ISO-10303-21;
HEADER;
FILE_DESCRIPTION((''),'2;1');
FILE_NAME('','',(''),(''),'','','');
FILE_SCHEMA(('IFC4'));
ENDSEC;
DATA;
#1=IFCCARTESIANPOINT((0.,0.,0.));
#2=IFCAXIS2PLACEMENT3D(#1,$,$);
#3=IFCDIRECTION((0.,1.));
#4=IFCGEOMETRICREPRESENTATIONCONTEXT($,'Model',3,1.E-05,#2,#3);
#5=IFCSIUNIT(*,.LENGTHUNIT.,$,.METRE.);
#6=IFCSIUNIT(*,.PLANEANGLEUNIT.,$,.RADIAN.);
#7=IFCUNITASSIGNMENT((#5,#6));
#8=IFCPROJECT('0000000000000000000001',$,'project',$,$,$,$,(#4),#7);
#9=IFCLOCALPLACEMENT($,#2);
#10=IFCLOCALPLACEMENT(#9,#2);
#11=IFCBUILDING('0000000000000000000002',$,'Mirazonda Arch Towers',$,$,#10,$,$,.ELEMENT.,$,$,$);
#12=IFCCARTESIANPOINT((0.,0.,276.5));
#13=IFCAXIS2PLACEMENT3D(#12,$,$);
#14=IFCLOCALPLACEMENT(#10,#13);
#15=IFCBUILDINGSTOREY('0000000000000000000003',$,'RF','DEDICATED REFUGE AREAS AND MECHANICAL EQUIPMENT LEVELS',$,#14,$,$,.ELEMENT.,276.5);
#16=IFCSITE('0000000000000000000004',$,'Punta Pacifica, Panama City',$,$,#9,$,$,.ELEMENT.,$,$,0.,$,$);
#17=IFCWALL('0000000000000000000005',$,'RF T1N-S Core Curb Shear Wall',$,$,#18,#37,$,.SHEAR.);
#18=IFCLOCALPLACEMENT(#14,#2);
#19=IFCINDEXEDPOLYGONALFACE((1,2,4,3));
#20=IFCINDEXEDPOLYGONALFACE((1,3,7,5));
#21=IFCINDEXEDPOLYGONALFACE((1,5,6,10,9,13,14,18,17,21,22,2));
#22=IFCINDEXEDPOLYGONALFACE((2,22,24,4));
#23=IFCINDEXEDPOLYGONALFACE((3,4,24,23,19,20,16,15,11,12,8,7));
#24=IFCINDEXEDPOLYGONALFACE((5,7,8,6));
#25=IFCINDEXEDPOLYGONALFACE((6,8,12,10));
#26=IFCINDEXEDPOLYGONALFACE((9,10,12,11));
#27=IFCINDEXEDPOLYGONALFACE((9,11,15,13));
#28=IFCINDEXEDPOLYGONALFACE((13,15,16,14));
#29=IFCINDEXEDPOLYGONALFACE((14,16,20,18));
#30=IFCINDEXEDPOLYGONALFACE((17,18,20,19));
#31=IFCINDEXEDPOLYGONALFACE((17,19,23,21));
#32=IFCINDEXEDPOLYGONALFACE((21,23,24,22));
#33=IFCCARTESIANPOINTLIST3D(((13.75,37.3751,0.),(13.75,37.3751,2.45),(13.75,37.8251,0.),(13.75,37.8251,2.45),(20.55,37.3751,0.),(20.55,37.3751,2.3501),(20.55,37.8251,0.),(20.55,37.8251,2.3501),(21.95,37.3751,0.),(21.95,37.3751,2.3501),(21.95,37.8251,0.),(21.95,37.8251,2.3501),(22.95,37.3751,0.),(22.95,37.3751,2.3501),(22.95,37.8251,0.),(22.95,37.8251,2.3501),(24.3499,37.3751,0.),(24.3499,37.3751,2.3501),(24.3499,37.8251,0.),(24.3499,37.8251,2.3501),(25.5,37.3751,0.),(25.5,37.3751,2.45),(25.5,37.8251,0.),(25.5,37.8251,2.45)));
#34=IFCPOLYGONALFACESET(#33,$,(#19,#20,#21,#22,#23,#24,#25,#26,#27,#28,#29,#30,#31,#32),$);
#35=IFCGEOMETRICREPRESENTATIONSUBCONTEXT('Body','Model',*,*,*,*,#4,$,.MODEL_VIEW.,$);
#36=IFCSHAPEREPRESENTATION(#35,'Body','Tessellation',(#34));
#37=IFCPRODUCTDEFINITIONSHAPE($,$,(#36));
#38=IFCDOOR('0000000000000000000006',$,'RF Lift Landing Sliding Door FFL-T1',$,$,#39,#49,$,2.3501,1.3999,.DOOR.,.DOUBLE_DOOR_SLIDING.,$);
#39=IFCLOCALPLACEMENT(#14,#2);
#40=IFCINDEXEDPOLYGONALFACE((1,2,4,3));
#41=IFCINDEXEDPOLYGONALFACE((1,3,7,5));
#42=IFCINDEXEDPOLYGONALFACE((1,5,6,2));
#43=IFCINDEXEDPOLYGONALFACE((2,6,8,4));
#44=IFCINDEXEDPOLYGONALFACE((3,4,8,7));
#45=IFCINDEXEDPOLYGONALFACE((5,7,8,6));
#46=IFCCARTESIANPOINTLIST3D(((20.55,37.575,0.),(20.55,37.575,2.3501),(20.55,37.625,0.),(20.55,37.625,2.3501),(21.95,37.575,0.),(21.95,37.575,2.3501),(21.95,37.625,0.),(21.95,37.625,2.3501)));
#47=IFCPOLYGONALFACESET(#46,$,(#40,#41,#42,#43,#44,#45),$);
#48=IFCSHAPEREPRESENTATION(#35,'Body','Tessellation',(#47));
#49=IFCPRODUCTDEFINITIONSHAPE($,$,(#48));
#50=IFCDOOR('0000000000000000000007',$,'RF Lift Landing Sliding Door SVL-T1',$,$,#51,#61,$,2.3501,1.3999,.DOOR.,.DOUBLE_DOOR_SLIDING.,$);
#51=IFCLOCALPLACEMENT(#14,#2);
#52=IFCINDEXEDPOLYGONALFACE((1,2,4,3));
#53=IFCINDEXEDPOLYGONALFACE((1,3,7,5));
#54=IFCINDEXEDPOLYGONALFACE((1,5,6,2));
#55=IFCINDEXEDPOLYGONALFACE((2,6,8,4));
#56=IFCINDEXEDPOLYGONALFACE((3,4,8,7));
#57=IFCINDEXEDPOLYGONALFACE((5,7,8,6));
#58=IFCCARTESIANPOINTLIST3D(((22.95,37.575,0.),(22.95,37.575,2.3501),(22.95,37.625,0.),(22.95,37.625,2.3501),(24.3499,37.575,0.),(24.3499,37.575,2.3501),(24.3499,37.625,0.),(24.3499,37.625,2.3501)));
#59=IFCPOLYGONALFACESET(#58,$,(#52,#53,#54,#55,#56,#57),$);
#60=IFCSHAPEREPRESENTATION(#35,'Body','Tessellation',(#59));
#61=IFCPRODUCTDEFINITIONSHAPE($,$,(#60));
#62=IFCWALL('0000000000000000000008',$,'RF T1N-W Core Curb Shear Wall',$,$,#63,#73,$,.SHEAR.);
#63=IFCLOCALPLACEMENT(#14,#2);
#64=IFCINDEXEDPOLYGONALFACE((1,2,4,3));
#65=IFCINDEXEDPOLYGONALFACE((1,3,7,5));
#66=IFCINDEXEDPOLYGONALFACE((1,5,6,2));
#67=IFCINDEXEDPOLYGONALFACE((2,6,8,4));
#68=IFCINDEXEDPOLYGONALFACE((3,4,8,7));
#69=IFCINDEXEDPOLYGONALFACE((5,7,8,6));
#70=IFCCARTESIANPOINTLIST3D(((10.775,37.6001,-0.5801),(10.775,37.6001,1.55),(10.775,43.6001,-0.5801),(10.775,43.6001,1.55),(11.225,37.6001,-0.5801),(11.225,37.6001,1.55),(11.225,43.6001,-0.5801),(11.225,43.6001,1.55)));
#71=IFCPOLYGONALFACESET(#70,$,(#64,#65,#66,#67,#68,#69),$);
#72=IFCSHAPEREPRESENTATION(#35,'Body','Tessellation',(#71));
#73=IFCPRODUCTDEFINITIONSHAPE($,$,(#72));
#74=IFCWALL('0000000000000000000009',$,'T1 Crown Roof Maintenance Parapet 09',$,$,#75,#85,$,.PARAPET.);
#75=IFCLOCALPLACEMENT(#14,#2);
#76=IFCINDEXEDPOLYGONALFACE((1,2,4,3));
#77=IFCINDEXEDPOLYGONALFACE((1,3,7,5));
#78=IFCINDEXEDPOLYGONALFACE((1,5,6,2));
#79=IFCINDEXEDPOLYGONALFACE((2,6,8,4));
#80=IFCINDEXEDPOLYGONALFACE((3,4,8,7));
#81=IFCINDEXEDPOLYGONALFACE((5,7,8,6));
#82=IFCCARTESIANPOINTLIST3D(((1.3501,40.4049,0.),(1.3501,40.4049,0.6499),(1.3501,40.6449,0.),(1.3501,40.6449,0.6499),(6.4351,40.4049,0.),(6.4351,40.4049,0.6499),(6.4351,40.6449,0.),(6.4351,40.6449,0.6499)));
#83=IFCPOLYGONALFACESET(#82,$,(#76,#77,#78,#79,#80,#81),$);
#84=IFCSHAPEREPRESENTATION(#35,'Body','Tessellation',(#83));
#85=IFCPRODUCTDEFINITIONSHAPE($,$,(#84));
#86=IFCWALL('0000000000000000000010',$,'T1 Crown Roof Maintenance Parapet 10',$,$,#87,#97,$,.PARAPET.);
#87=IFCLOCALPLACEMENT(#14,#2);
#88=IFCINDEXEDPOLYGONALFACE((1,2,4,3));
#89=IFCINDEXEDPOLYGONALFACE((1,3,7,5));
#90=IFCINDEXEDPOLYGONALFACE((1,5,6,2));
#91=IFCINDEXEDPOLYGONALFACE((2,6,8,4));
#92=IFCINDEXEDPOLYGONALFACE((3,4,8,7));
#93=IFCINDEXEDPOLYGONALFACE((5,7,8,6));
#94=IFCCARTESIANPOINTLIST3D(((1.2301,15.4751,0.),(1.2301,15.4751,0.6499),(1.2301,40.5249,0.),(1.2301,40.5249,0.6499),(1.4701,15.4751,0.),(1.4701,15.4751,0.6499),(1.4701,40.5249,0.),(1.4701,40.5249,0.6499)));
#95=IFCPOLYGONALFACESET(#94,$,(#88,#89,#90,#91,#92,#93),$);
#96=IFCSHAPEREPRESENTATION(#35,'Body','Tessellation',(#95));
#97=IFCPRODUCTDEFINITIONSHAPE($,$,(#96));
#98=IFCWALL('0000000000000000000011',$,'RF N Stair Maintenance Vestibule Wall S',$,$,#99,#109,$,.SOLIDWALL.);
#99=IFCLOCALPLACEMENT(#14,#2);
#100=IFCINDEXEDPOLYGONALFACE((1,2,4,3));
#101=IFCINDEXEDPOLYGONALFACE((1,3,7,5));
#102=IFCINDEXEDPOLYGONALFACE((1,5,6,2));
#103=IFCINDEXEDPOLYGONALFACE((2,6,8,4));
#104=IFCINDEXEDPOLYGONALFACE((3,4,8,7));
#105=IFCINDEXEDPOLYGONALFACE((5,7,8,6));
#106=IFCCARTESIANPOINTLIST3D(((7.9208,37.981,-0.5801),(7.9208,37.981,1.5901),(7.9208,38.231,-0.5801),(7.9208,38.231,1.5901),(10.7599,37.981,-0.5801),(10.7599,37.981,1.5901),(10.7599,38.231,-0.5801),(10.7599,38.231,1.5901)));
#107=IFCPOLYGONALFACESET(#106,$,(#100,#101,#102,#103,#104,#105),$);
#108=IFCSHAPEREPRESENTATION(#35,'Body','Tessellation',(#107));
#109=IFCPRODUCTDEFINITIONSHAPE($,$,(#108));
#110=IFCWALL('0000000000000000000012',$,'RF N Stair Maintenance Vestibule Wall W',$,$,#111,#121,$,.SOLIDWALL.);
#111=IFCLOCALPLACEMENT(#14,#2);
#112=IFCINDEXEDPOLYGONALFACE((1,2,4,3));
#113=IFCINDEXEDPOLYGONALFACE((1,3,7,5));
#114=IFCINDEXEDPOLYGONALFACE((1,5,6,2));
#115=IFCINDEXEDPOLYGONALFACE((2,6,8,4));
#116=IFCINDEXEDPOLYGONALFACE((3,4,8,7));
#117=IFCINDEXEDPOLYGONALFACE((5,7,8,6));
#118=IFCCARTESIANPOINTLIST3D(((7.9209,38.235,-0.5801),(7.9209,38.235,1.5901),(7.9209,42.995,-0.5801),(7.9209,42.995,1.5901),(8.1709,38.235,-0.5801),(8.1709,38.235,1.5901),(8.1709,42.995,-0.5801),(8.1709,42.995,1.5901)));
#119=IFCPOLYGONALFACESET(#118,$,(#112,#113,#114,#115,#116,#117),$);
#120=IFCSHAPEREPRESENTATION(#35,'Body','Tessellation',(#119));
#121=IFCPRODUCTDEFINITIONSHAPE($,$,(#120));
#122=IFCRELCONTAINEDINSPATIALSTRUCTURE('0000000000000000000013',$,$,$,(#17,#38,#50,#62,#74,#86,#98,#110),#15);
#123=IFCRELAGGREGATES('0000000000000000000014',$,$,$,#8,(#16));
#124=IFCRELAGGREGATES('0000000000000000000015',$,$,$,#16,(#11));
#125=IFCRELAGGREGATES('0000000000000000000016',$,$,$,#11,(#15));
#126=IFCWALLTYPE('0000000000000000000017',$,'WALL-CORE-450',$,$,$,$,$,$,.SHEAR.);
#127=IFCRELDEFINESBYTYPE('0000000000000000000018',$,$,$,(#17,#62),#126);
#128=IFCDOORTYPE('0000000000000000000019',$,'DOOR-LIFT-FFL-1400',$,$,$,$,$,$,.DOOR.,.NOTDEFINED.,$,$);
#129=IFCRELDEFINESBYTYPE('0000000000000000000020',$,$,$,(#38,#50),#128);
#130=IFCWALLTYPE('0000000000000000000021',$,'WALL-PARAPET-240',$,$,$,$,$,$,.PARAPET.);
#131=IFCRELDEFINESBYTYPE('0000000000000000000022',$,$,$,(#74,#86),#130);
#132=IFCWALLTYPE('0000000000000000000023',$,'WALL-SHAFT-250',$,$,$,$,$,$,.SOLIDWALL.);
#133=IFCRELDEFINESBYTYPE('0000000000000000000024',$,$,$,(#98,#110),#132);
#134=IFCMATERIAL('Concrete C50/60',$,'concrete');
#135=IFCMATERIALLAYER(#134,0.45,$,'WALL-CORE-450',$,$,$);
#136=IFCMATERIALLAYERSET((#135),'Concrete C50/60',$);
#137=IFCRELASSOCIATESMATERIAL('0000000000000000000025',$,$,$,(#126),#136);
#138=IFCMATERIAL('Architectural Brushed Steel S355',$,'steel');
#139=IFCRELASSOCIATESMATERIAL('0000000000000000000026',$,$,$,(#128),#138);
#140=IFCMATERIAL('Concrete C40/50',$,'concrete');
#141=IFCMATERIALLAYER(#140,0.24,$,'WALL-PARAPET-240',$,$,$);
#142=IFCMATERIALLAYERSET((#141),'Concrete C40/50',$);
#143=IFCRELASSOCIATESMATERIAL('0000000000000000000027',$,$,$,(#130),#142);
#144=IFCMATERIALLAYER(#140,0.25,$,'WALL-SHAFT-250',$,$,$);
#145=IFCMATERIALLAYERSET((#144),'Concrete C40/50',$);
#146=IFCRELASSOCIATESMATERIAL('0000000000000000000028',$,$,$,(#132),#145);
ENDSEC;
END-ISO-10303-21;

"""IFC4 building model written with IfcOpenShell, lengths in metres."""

from ifc_helpers import new_model, si_unit, direction, frame, frame_2d, origin, place, context, subcontext, project, spatial, rectangle, extrude, material, layer, layer_set, type_object, element, fill, save


model = new_model("IFC4")

# Units and contexts
model_context = context("Model", 3, precision=1e-05, world=origin(), true_north=direction((0.0, 1.0)))
body_context = subcontext(model_context, "Body", "Model", "MODEL_VIEW")
ifc_project = project(units=[si_unit("LENGTHUNIT", "METRE"), si_unit("PLANEANGLEUNIT", "RADIAN")], contexts=[model_context])

# Site, building, storey
site_placement = place(None, origin())
site = spatial("IfcSite", under=ifc_project, at=site_placement, Name="Punta Pacifica, Panama City", CompositionType="ELEMENT", RefElevation=0.0)
building_placement = place(site_placement, origin())
building = spatial("IfcBuilding", under=site, at=building_placement, Name="Mirazonda Arch Towers", CompositionType="ELEMENT")
storey_placement = place(building_placement, frame((0.0, 0.0, 276.5)))
storey = spatial("IfcBuildingStorey", under=building, at=storey_placement, Name="RF", Description="DEDICATED REFUGE AREAS AND MECHANICAL EQUIPMENT LEVELS", CompositionType="ELEMENT", Elevation=276.5)

# Wall, openings, doors
ifc_material_1 = material(Name="Concrete C50/60", Category="concrete")
ifc_layer_1 = layer(ifc_material_1, 0.45, Name="WALL-CORE-450")
ifc_layer_set_1 = layer_set([ifc_layer_1], Name="Concrete C50/60")
wall_type_1 = type_object("IfcWallType", Name="WALL-CORE-450", PredefinedType="SHEAR", material=ifc_layer_set_1)
wall_1_placement = place(storey_placement, frame((13.75, 37.6001, 0.0), z_axis=(0.0, 0.0, 1.0), x_axis=(1.0, 0.0, 0.0)))
wall_1 = element("IfcWall", 1, at=wall_1_placement, inside=storey, type_object=wall_type_1, Name="RF T1N-S Core Curb Shear Wall", PredefinedType="SHEAR", context=body_context, shape_type="SweptSolid", body=[
    extrude(rectangle(XDim=11.75, YDim=0.45, at=frame_2d((5.875, 0.0))), origin(), (0.0, 0.0, 1.0), 2.45),
])
opening_1_placement = place(wall_1_placement, frame((6.8, 0.0, 0.0)))
opening_1 = element("IfcOpeningElement", 2, at=opening_1_placement, cuts=wall_1, PredefinedType="OPENING", context=body_context, shape_type="SweptSolid", body=[
    extrude(rectangle(XDim=1.3999, YDim=2.3501, at=frame_2d((0.7, 1.175))), frame((0.0, 0.2349, 0.0), z_axis=(0.0, -1.0, 0.0), x_axis=(1.0, 0.0, 0.0)), (0.0, 0.0, 1.0), 0.47),
])
opening_2_placement = place(wall_1_placement, frame((9.2, 0.0, 0.0)))
opening_2 = element("IfcOpeningElement", 3, at=opening_2_placement, cuts=wall_1, PredefinedType="OPENING", context=body_context, shape_type="SweptSolid", body=[
    extrude(rectangle(XDim=1.3999, YDim=2.3501, at=frame_2d((0.7, 1.175))), frame((0.0, 0.2349, 0.0), z_axis=(0.0, -1.0, 0.0), x_axis=(1.0, 0.0, 0.0)), (0.0, 0.0, 1.0), 0.47),
])
ifc_material_2 = material(Name="Architectural Brushed Steel S355", Category="steel")
door_type = type_object("IfcDoorType", Name="DOOR-LIFT-FFL-1400", OperationType="NOTDEFINED", PredefinedType="DOOR", material=ifc_material_2)
door_1_placement = place(opening_1_placement, origin())
door_1 = element("IfcDoor", 4, at=door_1_placement, inside=storey, type_object=door_type, Name="RF Lift Landing Sliding Door FFL-T1", OperationType="DOUBLE_DOOR_SLIDING", OverallHeight=2.3501, OverallWidth=1.3999, PredefinedType="DOOR", context=body_context, shape_type="SweptSolid", body=[
    extrude(rectangle(XDim=1.3999, YDim=2.3501, at=frame_2d((0.7, 1.175))), frame((0.0, 0.0249, 0.0), z_axis=(0.0, -1.0, 0.0), x_axis=(1.0, 0.0, 0.0)), (0.0, 0.0, 1.0), 0.05),
])
fill(opening_1, door_1)
door_2_placement = place(opening_2_placement, origin())
door_2 = element("IfcDoor", 5, at=door_2_placement, inside=storey, type_object=door_type, Name="RF Lift Landing Sliding Door SVL-T1", OperationType="DOUBLE_DOOR_SLIDING", OverallHeight=2.3501, OverallWidth=1.3999, PredefinedType="DOOR", context=body_context, shape_type="SweptSolid", body=[
    extrude(rectangle(XDim=1.3999, YDim=2.3501, at=frame_2d((0.7, 1.175))), frame((0.0, 0.0249, 0.0), z_axis=(0.0, -1.0, 0.0), x_axis=(1.0, 0.0, 0.0)), (0.0, 0.0, 1.0), 0.05),
])
fill(opening_2, door_2)

# Walls
wall_2_placement = place(storey_placement, frame((11.0, 37.6001, -0.5801), z_axis=(0.0, 0.0, 1.0), x_axis=(0.0, 1.0, 0.0)))
element("IfcWall", 6, at=wall_2_placement, inside=storey, type_object=wall_type_1, Name="RF T1N-W Core Curb Shear Wall", PredefinedType="SHEAR", context=body_context, shape_type="SweptSolid", body=[
    extrude(rectangle(XDim=6.0, YDim=0.45, at=frame_2d((3.0, 0.0))), origin(), (0.0, 0.0, 1.0), 2.1301),
])
ifc_material_3 = material(Name="Concrete C40/50", Category="concrete")
ifc_layer_2 = layer(ifc_material_3, 0.24, Name="WALL-PARAPET-240")
ifc_layer_set_2 = layer_set([ifc_layer_2], Name="Concrete C40/50")
wall_type_2 = type_object("IfcWallType", Name="WALL-PARAPET-240", PredefinedType="PARAPET", material=ifc_layer_set_2)
wall_3_placement = place(storey_placement, frame((6.4351, 40.5249, 0.0), z_axis=(0.0, 0.0, 1.0), x_axis=(-1.0, 0.0, 0.0)))
element("IfcWall", 7, at=wall_3_placement, inside=storey, type_object=wall_type_2, Name="T1 Crown Roof Maintenance Parapet 09", PredefinedType="PARAPET", context=body_context, shape_type="SweptSolid", body=[
    extrude(rectangle(XDim=5.085, YDim=0.24, at=frame_2d((2.5425, 0.0))), origin(), (0.0, 0.0, 1.0), 0.6499),
])
wall_4_placement = place(storey_placement, frame((1.3501, 40.5249, 0.0), z_axis=(0.0, 0.0, 1.0), x_axis=(0.0, -1.0, 0.0)))
element("IfcWall", 8, at=wall_4_placement, inside=storey, type_object=wall_type_2, Name="T1 Crown Roof Maintenance Parapet 10", PredefinedType="PARAPET", context=body_context, shape_type="SweptSolid", body=[
    extrude(rectangle(XDim=25.0498, YDim=0.24, at=frame_2d((12.5249, 0.0))), origin(), (0.0, 0.0, 1.0), 0.6499),
])
ifc_layer_3 = layer(ifc_material_3, 0.25, Name="WALL-SHAFT-250")
ifc_layer_set_3 = layer_set([ifc_layer_3], Name="Concrete C40/50")
wall_type_3 = type_object("IfcWallType", Name="WALL-SHAFT-250", PredefinedType="SOLIDWALL", material=ifc_layer_set_3)
wall_5_placement = place(storey_placement, frame((7.9209, 38.106, -0.5801), z_axis=(0.0, 0.0, 1.0), x_axis=(1.0, 0.0, 0.0)))
element("IfcWall", 9, at=wall_5_placement, inside=storey, type_object=wall_type_3, Name="RF N Stair Maintenance Vestibule Wall S", PredefinedType="SOLIDWALL", context=body_context, shape_type="SweptSolid", body=[
    extrude(rectangle(XDim=2.8391, YDim=0.25, at=frame_2d((1.4194, 0.0))), origin(), (0.0, 0.0, 1.0), 2.1702),
])
wall_6_placement = place(storey_placement, frame((8.0459, 38.2351, -0.5801), z_axis=(0.0, 0.0, 1.0), x_axis=(0.0, 1.0, 0.0)))
element("IfcWall", 10, at=wall_6_placement, inside=storey, type_object=wall_type_3, Name="RF N Stair Maintenance Vestibule Wall W", PredefinedType="SOLIDWALL", context=body_context, shape_type="SweptSolid", body=[
    extrude(rectangle(XDim=4.76, YDim=0.25, at=frame_2d((2.3799, 0.0))), origin(), (0.0, 0.0, 1.0), 2.1702),
])

save(model, "model.ifc")
